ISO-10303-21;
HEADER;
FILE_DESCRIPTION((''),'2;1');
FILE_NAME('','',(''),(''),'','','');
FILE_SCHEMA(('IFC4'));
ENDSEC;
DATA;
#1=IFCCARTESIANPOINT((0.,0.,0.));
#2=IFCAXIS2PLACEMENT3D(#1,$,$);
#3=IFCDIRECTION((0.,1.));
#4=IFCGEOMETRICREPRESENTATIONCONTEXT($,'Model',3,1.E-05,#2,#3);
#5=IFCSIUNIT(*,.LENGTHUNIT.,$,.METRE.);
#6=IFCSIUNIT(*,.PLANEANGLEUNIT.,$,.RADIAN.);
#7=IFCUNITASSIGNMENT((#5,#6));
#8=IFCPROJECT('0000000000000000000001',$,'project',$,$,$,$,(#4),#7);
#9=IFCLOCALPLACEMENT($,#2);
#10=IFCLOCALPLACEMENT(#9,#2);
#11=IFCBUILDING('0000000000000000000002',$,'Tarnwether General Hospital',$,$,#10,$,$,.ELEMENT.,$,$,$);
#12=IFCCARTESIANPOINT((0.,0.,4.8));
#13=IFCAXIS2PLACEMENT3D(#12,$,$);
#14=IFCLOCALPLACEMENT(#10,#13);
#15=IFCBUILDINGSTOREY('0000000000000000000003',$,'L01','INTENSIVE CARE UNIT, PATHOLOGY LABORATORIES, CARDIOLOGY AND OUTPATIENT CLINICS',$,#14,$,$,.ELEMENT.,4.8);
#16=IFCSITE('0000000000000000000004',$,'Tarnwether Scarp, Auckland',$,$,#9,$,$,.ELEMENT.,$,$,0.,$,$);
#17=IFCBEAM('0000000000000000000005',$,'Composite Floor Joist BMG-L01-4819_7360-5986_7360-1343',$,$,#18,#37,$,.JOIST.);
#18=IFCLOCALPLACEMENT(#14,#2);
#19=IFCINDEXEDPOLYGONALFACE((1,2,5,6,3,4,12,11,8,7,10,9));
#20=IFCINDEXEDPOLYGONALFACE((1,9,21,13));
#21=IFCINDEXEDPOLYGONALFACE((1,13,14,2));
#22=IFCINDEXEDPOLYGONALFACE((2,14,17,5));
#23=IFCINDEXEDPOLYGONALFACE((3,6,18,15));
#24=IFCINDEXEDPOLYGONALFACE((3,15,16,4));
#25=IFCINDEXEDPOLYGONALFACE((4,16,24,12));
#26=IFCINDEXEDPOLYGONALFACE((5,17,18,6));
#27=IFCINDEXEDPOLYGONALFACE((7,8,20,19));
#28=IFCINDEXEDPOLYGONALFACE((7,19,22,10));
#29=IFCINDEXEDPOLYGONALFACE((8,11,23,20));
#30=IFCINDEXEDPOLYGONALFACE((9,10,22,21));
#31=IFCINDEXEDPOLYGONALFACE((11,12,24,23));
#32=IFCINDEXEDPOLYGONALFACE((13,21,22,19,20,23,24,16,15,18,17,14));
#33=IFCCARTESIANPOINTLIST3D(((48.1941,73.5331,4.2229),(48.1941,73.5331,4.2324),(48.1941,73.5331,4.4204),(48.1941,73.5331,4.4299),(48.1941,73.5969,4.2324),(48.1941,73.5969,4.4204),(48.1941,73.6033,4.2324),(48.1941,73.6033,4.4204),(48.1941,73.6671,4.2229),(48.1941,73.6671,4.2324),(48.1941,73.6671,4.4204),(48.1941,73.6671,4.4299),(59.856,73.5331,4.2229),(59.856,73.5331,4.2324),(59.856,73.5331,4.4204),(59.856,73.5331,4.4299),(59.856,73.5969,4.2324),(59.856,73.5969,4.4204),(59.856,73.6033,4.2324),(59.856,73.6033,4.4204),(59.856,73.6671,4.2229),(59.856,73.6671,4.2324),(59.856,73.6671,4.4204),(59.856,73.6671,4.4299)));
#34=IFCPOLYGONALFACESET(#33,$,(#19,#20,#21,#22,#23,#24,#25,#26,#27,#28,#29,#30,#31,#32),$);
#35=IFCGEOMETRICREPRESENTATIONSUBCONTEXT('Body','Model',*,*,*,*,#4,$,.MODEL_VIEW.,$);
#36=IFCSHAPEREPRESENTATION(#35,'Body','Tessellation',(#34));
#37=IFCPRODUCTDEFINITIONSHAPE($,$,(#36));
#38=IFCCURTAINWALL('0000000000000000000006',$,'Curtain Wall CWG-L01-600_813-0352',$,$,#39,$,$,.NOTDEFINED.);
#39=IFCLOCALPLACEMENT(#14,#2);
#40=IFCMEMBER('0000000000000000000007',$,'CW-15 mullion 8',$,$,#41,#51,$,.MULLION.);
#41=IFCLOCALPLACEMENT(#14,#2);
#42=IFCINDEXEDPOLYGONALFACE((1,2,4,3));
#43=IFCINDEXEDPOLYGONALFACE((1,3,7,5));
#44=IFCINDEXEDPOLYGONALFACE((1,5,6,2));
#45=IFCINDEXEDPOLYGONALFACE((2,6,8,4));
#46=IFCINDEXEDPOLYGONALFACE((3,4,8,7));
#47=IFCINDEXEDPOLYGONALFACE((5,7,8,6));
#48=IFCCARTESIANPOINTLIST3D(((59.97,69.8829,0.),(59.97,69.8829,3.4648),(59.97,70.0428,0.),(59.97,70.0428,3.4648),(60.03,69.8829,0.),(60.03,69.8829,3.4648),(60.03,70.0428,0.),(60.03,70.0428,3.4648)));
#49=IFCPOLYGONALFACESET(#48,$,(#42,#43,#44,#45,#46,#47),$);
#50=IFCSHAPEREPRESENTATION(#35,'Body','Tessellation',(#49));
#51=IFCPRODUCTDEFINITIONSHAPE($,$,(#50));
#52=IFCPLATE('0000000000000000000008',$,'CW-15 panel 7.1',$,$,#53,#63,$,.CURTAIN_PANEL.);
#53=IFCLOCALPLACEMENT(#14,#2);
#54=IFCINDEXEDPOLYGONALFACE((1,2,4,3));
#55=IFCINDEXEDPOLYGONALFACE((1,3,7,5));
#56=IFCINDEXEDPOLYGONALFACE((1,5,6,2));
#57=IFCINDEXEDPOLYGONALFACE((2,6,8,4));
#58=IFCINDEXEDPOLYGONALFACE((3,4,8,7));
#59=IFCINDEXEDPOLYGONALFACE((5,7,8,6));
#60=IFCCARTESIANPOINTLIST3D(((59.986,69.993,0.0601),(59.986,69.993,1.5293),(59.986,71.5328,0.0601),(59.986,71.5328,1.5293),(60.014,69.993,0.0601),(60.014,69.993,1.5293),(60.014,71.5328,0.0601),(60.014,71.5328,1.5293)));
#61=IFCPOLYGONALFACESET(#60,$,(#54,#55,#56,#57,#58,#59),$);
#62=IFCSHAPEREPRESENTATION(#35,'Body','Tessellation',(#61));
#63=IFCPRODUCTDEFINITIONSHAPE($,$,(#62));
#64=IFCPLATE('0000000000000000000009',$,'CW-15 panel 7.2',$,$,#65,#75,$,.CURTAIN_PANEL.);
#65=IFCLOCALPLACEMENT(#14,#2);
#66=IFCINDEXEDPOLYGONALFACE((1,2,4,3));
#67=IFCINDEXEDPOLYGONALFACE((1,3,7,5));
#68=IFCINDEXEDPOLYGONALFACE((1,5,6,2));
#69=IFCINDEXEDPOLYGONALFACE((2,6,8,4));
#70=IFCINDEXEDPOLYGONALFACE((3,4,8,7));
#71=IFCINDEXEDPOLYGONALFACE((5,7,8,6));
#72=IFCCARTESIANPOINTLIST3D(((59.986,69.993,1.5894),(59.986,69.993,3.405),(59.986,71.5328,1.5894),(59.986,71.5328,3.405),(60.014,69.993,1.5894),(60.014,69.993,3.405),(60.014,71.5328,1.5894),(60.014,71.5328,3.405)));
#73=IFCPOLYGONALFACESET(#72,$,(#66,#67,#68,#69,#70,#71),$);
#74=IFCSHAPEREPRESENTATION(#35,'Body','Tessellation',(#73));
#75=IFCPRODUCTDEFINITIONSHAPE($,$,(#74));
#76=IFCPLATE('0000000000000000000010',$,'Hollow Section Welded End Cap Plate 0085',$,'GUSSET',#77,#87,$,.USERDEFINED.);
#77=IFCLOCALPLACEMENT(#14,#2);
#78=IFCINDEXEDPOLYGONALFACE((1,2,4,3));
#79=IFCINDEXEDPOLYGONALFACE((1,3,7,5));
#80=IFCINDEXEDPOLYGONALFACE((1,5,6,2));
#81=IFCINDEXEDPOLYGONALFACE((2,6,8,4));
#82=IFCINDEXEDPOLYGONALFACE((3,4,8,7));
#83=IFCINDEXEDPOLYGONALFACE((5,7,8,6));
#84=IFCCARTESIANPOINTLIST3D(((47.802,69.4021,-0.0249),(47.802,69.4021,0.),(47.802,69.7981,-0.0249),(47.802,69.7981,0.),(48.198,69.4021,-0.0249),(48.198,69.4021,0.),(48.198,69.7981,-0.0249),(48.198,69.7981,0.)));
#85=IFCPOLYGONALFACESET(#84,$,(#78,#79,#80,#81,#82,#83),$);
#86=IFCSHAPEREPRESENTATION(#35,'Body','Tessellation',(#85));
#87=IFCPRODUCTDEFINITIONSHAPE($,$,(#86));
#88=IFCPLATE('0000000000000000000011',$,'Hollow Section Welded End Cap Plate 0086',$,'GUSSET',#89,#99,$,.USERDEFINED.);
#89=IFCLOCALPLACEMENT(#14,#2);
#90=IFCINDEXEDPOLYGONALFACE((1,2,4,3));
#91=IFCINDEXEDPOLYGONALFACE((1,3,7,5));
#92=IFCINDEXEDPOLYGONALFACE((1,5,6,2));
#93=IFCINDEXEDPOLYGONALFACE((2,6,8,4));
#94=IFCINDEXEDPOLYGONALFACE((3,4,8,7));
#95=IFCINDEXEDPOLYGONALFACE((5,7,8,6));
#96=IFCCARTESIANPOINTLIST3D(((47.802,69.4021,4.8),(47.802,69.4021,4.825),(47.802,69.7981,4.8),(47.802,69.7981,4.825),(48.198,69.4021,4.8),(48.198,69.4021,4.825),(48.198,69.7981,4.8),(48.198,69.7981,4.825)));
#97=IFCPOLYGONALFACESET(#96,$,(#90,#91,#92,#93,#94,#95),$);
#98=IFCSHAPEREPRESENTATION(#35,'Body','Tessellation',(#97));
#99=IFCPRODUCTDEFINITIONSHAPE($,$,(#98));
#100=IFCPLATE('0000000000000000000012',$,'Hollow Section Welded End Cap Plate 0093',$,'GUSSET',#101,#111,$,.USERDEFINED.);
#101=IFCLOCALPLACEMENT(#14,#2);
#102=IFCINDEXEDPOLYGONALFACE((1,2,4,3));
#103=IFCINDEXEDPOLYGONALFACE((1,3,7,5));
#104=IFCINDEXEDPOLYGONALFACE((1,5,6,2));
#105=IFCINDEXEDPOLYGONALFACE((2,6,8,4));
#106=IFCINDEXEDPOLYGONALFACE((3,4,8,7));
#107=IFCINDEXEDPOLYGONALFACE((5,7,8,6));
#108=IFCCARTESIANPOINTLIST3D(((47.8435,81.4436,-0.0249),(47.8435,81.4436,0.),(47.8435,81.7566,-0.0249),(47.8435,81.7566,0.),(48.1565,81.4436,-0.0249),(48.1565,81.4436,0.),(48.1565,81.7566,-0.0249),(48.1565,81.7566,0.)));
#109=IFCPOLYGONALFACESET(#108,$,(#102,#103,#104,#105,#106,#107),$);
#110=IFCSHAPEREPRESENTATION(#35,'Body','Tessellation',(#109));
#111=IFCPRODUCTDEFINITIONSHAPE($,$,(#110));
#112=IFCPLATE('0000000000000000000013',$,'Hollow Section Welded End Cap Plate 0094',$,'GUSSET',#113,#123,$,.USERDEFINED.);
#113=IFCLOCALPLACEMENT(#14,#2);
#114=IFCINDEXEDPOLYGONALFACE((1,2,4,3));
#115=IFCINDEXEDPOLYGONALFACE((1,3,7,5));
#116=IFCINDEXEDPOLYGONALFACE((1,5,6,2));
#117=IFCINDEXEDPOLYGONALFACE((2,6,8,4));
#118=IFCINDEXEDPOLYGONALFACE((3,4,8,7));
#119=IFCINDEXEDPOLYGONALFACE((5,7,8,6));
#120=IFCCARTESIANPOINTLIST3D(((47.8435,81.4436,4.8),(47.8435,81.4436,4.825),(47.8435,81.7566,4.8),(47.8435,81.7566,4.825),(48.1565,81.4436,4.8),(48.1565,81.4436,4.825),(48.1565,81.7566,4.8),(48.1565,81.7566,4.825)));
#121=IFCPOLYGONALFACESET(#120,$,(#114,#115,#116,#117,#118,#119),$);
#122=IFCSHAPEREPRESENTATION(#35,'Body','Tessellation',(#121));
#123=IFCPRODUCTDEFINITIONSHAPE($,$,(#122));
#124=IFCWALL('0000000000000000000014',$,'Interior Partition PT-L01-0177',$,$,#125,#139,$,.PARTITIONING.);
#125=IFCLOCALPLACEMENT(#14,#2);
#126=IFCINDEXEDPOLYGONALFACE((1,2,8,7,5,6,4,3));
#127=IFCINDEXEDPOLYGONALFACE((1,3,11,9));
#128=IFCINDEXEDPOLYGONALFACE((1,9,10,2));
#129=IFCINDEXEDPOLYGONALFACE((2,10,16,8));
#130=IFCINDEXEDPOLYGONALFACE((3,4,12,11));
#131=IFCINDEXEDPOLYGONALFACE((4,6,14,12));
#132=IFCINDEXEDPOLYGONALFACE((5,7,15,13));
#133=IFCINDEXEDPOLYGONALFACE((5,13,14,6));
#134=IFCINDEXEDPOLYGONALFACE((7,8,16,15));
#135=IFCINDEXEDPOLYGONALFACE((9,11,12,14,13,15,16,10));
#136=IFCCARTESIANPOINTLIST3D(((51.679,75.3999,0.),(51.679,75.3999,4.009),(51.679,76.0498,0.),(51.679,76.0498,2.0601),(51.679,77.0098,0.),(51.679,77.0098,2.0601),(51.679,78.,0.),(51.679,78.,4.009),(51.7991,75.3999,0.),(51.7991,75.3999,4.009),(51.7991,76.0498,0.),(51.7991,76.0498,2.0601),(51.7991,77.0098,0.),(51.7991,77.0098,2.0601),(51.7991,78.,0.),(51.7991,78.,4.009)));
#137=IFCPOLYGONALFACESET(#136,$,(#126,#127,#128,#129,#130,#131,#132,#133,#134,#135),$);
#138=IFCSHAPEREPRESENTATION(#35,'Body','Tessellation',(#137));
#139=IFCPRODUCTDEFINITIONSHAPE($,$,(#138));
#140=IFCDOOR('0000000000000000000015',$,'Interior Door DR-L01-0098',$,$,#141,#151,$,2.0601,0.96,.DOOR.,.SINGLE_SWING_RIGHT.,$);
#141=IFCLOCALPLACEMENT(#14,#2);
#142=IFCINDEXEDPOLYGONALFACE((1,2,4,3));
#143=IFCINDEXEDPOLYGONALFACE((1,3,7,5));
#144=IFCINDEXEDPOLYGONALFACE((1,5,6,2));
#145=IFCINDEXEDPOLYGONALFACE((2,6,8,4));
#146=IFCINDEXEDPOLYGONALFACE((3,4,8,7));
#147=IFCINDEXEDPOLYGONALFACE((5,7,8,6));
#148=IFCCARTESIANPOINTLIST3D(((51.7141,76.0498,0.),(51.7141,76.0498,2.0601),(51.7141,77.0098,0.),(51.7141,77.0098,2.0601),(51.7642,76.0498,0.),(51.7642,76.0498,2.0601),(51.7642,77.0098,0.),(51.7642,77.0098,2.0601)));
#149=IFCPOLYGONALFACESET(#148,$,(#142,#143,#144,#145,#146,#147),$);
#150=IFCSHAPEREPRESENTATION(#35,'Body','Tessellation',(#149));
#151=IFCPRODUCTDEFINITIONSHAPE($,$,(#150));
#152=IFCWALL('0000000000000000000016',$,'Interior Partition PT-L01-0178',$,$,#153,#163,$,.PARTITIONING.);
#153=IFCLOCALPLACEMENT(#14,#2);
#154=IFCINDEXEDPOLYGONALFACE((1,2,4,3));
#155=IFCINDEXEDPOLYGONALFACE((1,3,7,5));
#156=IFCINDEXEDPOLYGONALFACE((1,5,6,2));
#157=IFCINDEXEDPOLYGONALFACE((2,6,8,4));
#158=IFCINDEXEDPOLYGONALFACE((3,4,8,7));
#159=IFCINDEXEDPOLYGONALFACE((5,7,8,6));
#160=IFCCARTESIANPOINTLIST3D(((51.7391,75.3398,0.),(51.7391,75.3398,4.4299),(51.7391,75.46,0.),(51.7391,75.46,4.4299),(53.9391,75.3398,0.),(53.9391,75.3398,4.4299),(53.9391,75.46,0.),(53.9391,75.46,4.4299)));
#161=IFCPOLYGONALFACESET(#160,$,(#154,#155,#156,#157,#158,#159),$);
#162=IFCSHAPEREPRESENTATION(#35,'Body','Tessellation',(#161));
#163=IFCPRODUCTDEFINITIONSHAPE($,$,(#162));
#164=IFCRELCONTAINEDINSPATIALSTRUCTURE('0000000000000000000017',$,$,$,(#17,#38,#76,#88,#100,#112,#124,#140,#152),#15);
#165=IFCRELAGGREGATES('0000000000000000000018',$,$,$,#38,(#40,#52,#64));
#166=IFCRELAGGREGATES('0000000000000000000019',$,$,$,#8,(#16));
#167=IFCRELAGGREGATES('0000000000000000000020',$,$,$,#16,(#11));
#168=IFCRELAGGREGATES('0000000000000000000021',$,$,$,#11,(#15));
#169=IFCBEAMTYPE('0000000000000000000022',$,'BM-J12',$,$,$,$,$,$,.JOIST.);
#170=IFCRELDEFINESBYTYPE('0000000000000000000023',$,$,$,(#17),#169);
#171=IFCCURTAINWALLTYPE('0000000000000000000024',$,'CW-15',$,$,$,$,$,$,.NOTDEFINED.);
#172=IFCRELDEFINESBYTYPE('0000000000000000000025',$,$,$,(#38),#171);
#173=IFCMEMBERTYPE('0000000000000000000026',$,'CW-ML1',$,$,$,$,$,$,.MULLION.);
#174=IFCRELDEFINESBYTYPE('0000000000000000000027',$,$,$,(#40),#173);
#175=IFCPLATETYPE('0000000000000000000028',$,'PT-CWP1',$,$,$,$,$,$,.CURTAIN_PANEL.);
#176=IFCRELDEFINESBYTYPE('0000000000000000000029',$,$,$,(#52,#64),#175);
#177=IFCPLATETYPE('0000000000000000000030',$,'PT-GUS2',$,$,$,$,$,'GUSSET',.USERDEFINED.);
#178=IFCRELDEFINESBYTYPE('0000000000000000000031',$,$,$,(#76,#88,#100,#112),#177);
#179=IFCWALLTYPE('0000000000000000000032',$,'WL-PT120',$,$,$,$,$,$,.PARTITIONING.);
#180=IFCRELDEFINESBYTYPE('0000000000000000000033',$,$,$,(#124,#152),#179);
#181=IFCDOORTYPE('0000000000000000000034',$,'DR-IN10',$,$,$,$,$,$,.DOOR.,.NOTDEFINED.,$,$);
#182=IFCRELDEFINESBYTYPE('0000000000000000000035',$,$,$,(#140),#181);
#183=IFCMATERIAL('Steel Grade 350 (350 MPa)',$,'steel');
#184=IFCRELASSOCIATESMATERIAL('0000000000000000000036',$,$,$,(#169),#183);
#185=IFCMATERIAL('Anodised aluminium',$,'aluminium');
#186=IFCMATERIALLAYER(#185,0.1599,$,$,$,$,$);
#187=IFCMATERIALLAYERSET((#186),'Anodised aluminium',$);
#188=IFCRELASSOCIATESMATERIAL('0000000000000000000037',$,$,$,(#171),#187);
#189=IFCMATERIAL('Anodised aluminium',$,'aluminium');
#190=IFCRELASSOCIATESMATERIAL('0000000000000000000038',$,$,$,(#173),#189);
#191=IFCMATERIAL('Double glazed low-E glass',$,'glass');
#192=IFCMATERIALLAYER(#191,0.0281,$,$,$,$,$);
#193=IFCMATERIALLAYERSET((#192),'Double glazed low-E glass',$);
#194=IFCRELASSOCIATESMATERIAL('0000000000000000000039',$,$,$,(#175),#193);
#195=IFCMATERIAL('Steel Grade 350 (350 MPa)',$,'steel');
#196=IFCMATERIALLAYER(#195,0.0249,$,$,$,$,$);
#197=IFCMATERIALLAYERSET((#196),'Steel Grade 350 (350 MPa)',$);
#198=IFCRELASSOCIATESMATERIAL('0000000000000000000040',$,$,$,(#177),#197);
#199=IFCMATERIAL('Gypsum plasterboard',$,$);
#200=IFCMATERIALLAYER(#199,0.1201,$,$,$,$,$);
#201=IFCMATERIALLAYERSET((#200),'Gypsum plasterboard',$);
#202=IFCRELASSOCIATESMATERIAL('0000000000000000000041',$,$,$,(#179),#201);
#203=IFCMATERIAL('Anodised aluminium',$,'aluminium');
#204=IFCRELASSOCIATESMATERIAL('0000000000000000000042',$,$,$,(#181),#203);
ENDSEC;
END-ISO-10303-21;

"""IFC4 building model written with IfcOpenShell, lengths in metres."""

from ifc_helpers import new_model, si_unit, direction, frame, frame_2d, origin, origin_2d, place, context, subcontext, project, spatial, rectangle, i_section, extrude, material, layer, layer_set, material_profile, profile_set, type_object, element, fill, aggregate, save


model = new_model("IFC4")

# Units and contexts
model_context = context("Model", 3, precision=1e-05, world=origin(), true_north=direction((0.0, 1.0)))
body_context = subcontext(model_context, "Body", "Model", "MODEL_VIEW")
ifc_project = project(units=[si_unit("LENGTHUNIT", "METRE"), si_unit("PLANEANGLEUNIT", "RADIAN")], contexts=[model_context])

# Site, building, storey
site_placement = place(None, origin())
site = spatial("IfcSite", under=ifc_project, at=site_placement, Name="Tarnwether Scarp, Auckland", CompositionType="ELEMENT", RefElevation=0.0)
building_placement = place(site_placement, origin())
building = spatial("IfcBuilding", under=site, at=building_placement, Name="Tarnwether General Hospital", CompositionType="ELEMENT")
storey_placement = place(building_placement, frame((0.0, 0.0, 4.8)))
storey = spatial("IfcBuildingStorey", under=building, at=storey_placement, Name="L01", Description="INTENSIVE CARE UNIT, PATHOLOGY LABORATORIES, CARDIOLOGY AND OUTPATIENT CLINICS", CompositionType="ELEMENT", Elevation=4.8)

# Beam
ifc_material_1 = material(Name="Steel Grade 350 (350 MPa)", Category="steel")
ifc_material_profile_1 = material_profile(ifc_material_1, i_section(OverallWidth=0.134, OverallDepth=0.207, WebThickness=0.0063, FlangeThickness=0.0095, at=origin_2d()), Name="200UB29.8")
ifc_profile_set_1 = profile_set([ifc_material_profile_1], Name="Steel Grade 350 (350 MPa)")
beam_type_1 = type_object("IfcBeamType", Name="BM-J12", PredefinedType="JOIST", material=ifc_profile_set_1)
beam_1_placement = place(storey_placement, frame((48.1941, 73.6001, 4.3264), z_axis=(1.0, 0.0, 0.0), x_axis=(0.0, 1.0, 0.0)))
element("IfcBeam", 1, at=beam_1_placement, inside=storey, type_object=beam_type_1, Name="Composite Floor Joist BMG-L01-4819_7360-5986_7360-1343", PredefinedType="JOIST", context=body_context, shape_type="SweptSolid", body=[
    extrude(i_section(OverallWidth=0.134, OverallDepth=0.207, WebThickness=0.0063, FlangeThickness=0.0095, at=origin_2d()), origin(), (0.0, 0.0, 1.0), 11.6619),
])

# Curtain wall, member, plates
ifc_material_2 = material(Name="Anodised aluminium", Category="aluminium")
ifc_layer_1 = layer(ifc_material_2, 0.1599)
ifc_layer_set_1 = layer_set([ifc_layer_1], Name="Anodised aluminium")
curtain_wall_type = type_object("IfcCurtainWallType", Name="CW-15", PredefinedType="NOTDEFINED", material=ifc_layer_set_1)
curtain_wall_placement = place(storey_placement, origin())
curtain_wall = element("IfcCurtainWall", 2, at=curtain_wall_placement, inside=storey, type_object=curtain_wall_type, Name="Curtain Wall CWG-L01-600_813-0352", PredefinedType="NOTDEFINED")
ifc_material_3 = material(Name="Anodised aluminium", Category="aluminium")
ifc_material_profile_2 = material_profile(ifc_material_3, rectangle(XDim=0.0601, YDim=0.1599, at=origin_2d()), Name="ALU-MUL-60x160")
ifc_profile_set_2 = profile_set([ifc_material_profile_2], Name="Anodised aluminium")
member_type = type_object("IfcMemberType", Name="CW-ML1", PredefinedType="MULLION", material=ifc_profile_set_2)
member_placement = place(storey_placement, frame((60.0, 69.9629, 0.0), z_axis=(0.0, 0.0, 1.0), x_axis=(1.0, 0.0, 0.0)))
member = element("IfcMember", 3, at=member_placement, type_object=member_type, Name="CW-15 mullion 8", PredefinedType="MULLION", context=body_context, shape_type="SweptSolid", body=[
    extrude(rectangle(XDim=0.0601, YDim=0.1599, at=origin_2d()), origin(), (0.0, 0.0, 1.0), 3.4648),
])
ifc_material_4 = material(Name="Double glazed low-E glass", Category="glass")
ifc_layer_2 = layer(ifc_material_4, 0.0281)
ifc_layer_set_2 = layer_set([ifc_layer_2], Name="Double glazed low-E glass")
plate_type_1 = type_object("IfcPlateType", Name="PT-CWP1", PredefinedType="CURTAIN_PANEL", material=ifc_layer_set_2)
plate_1_placement = place(storey_placement, frame((60.0, 70.7629, 0.0601), z_axis=(0.0, 0.0, 1.0), x_axis=(0.0, -1.0, 0.0)))
plate_1 = element("IfcPlate", 4, at=plate_1_placement, type_object=plate_type_1, Name="CW-15 panel 7.1", PredefinedType="CURTAIN_PANEL", context=body_context, shape_type="SweptSolid", body=[
    extrude(rectangle(XDim=1.5398, YDim=0.0281, at=origin_2d()), origin(), (0.0, 0.0, 1.0), 1.4692),
])
plate_2_placement = place(storey_placement, frame((60.0, 70.7629, 1.5894), z_axis=(0.0, 0.0, 1.0), x_axis=(0.0, -1.0, 0.0)))
plate_2 = element("IfcPlate", 5, at=plate_2_placement, type_object=plate_type_1, Name="CW-15 panel 7.2", PredefinedType="CURTAIN_PANEL", context=body_context, shape_type="SweptSolid", body=[
    extrude(rectangle(XDim=1.5398, YDim=0.0281, at=origin_2d()), origin(), (0.0, 0.0, 1.0), 1.8157),
])
aggregate(curtain_wall, [member, plate_1, plate_2])

# Plates
ifc_material_5 = material(Name="Steel Grade 350 (350 MPa)", Category="steel")
ifc_layer_3 = layer(ifc_material_5, 0.0249)
ifc_layer_set_3 = layer_set([ifc_layer_3], Name="Steel Grade 350 (350 MPa)")
plate_type_2 = type_object("IfcPlateType", Name="PT-GUS2", ElementType="GUSSET", PredefinedType="USERDEFINED", material=ifc_layer_set_3)
for number, where, z_axis, x_axis, name in (
    (6, (48.0, 69.6001, -0.0249), (0.0, 0.0, 1.0), (1.0, 0.0, 0.0), "Hollow Section Welded End Cap Plate 0085"),
    (7, (48.0, 69.6001, 4.8), (0.0, 0.0, 1.0), (1.0, 0.0, 0.0), "Hollow Section Welded End Cap Plate 0086"),
):
    element("IfcPlate", number, at=place(storey_placement, frame(where, z_axis=z_axis, x_axis=x_axis)), inside=storey, type_object=plate_type_2, Name=name, ObjectType="GUSSET", PredefinedType="USERDEFINED", context=body_context, shape_type="SweptSolid", body=[
        extrude(rectangle(XDim=0.396, YDim=0.396, at=origin_2d()), origin(), (0.0, 0.0, 1.0), 0.0249),
    ])
for number, where, z_axis, x_axis, name in (
    (8, (48.0, 81.6001, -0.0249), (0.0, 0.0, 1.0), (1.0, 0.0, 0.0), "Hollow Section Welded End Cap Plate 0093"),
    (9, (48.0, 81.6001, 4.8), (0.0, 0.0, 1.0), (1.0, 0.0, 0.0), "Hollow Section Welded End Cap Plate 0094"),
):
    element("IfcPlate", number, at=place(storey_placement, frame(where, z_axis=z_axis, x_axis=x_axis)), inside=storey, type_object=plate_type_2, Name=name, ObjectType="GUSSET", PredefinedType="USERDEFINED", context=body_context, shape_type="SweptSolid", body=[
        extrude(rectangle(XDim=0.313, YDim=0.313, at=origin_2d()), origin(), (0.0, 0.0, 1.0), 0.0249),
    ])

# Wall, opening, door
ifc_material_6 = material(Name="Gypsum plasterboard")
ifc_layer_4 = layer(ifc_material_6, 0.1201)
ifc_layer_set_4 = layer_set([ifc_layer_4], Name="Gypsum plasterboard")
wall_type_1 = type_object("IfcWallType", Name="WL-PT120", PredefinedType="PARTITIONING", material=ifc_layer_set_4)
wall_1_placement = place(storey_placement, frame((51.739, 75.3999, 0.0), z_axis=(0.0, 0.0, 1.0), x_axis=(0.0, 1.0, 0.0)))
wall_1 = element("IfcWall", 10, at=wall_1_placement, inside=storey, type_object=wall_type_1, Name="Interior Partition PT-L01-0177", PredefinedType="PARTITIONING", context=body_context, shape_type="SweptSolid", body=[
    extrude(rectangle(XDim=2.6001, YDim=0.1201, at=frame_2d((1.3, 0.0))), origin(), (0.0, 0.0, 1.0), 4.009),
])
opening_1_placement = place(wall_1_placement, frame((0.6499, 0.0, 0.0)))
opening_1 = element("IfcOpeningElement", 11, at=opening_1_placement, cuts=wall_1, PredefinedType="OPENING", context=body_context, shape_type="SweptSolid", body=[
    extrude(rectangle(XDim=0.96, YDim=2.0601, at=frame_2d((0.48, 1.03))), frame((0.0, 0.0701, 0.0), z_axis=(0.0, -1.0, 0.0), x_axis=(1.0, 0.0, 0.0)), (0.0, 0.0, 1.0), 0.1401),
])
ifc_material_7 = material(Name="Anodised aluminium", Category="aluminium")
door_type_1 = type_object("IfcDoorType", Name="DR-IN10", OperationType="NOTDEFINED", PredefinedType="DOOR", material=ifc_material_7)
door_1_placement = place(opening_1_placement, origin())
door_1 = element("IfcDoor", 12, at=door_1_placement, inside=storey, type_object=door_type_1, Name="Interior Door DR-L01-0098", OperationType="SINGLE_SWING_RIGHT", OverallHeight=2.0601, OverallWidth=0.96, PredefinedType="DOOR", context=body_context, shape_type="SweptSolid", body=[
    extrude(rectangle(XDim=0.96, YDim=2.0601, at=frame_2d((0.48, 1.03))), frame((0.0, 0.0249, 0.0), z_axis=(0.0, -1.0, 0.0), x_axis=(1.0, 0.0, 0.0)), (0.0, 0.0, 1.0), 0.05),
])
fill(opening_1, door_1)

# Wall
wall_2_placement = place(storey_placement, frame((51.739, 75.3999, 0.0), z_axis=(0.0, 0.0, 1.0), x_axis=(1.0, 0.0, 0.0)))
element("IfcWall", 13, at=wall_2_placement, inside=storey, type_object=wall_type_1, Name="Interior Partition PT-L01-0178", PredefinedType="PARTITIONING", context=body_context, shape_type="SweptSolid", body=[
    extrude(rectangle(XDim=2.2, YDim=0.1201, at=frame_2d((1.1001, 0.0))), origin(), (0.0, 0.0, 1.0), 4.4299),
])

save(model, "model.ifc")
